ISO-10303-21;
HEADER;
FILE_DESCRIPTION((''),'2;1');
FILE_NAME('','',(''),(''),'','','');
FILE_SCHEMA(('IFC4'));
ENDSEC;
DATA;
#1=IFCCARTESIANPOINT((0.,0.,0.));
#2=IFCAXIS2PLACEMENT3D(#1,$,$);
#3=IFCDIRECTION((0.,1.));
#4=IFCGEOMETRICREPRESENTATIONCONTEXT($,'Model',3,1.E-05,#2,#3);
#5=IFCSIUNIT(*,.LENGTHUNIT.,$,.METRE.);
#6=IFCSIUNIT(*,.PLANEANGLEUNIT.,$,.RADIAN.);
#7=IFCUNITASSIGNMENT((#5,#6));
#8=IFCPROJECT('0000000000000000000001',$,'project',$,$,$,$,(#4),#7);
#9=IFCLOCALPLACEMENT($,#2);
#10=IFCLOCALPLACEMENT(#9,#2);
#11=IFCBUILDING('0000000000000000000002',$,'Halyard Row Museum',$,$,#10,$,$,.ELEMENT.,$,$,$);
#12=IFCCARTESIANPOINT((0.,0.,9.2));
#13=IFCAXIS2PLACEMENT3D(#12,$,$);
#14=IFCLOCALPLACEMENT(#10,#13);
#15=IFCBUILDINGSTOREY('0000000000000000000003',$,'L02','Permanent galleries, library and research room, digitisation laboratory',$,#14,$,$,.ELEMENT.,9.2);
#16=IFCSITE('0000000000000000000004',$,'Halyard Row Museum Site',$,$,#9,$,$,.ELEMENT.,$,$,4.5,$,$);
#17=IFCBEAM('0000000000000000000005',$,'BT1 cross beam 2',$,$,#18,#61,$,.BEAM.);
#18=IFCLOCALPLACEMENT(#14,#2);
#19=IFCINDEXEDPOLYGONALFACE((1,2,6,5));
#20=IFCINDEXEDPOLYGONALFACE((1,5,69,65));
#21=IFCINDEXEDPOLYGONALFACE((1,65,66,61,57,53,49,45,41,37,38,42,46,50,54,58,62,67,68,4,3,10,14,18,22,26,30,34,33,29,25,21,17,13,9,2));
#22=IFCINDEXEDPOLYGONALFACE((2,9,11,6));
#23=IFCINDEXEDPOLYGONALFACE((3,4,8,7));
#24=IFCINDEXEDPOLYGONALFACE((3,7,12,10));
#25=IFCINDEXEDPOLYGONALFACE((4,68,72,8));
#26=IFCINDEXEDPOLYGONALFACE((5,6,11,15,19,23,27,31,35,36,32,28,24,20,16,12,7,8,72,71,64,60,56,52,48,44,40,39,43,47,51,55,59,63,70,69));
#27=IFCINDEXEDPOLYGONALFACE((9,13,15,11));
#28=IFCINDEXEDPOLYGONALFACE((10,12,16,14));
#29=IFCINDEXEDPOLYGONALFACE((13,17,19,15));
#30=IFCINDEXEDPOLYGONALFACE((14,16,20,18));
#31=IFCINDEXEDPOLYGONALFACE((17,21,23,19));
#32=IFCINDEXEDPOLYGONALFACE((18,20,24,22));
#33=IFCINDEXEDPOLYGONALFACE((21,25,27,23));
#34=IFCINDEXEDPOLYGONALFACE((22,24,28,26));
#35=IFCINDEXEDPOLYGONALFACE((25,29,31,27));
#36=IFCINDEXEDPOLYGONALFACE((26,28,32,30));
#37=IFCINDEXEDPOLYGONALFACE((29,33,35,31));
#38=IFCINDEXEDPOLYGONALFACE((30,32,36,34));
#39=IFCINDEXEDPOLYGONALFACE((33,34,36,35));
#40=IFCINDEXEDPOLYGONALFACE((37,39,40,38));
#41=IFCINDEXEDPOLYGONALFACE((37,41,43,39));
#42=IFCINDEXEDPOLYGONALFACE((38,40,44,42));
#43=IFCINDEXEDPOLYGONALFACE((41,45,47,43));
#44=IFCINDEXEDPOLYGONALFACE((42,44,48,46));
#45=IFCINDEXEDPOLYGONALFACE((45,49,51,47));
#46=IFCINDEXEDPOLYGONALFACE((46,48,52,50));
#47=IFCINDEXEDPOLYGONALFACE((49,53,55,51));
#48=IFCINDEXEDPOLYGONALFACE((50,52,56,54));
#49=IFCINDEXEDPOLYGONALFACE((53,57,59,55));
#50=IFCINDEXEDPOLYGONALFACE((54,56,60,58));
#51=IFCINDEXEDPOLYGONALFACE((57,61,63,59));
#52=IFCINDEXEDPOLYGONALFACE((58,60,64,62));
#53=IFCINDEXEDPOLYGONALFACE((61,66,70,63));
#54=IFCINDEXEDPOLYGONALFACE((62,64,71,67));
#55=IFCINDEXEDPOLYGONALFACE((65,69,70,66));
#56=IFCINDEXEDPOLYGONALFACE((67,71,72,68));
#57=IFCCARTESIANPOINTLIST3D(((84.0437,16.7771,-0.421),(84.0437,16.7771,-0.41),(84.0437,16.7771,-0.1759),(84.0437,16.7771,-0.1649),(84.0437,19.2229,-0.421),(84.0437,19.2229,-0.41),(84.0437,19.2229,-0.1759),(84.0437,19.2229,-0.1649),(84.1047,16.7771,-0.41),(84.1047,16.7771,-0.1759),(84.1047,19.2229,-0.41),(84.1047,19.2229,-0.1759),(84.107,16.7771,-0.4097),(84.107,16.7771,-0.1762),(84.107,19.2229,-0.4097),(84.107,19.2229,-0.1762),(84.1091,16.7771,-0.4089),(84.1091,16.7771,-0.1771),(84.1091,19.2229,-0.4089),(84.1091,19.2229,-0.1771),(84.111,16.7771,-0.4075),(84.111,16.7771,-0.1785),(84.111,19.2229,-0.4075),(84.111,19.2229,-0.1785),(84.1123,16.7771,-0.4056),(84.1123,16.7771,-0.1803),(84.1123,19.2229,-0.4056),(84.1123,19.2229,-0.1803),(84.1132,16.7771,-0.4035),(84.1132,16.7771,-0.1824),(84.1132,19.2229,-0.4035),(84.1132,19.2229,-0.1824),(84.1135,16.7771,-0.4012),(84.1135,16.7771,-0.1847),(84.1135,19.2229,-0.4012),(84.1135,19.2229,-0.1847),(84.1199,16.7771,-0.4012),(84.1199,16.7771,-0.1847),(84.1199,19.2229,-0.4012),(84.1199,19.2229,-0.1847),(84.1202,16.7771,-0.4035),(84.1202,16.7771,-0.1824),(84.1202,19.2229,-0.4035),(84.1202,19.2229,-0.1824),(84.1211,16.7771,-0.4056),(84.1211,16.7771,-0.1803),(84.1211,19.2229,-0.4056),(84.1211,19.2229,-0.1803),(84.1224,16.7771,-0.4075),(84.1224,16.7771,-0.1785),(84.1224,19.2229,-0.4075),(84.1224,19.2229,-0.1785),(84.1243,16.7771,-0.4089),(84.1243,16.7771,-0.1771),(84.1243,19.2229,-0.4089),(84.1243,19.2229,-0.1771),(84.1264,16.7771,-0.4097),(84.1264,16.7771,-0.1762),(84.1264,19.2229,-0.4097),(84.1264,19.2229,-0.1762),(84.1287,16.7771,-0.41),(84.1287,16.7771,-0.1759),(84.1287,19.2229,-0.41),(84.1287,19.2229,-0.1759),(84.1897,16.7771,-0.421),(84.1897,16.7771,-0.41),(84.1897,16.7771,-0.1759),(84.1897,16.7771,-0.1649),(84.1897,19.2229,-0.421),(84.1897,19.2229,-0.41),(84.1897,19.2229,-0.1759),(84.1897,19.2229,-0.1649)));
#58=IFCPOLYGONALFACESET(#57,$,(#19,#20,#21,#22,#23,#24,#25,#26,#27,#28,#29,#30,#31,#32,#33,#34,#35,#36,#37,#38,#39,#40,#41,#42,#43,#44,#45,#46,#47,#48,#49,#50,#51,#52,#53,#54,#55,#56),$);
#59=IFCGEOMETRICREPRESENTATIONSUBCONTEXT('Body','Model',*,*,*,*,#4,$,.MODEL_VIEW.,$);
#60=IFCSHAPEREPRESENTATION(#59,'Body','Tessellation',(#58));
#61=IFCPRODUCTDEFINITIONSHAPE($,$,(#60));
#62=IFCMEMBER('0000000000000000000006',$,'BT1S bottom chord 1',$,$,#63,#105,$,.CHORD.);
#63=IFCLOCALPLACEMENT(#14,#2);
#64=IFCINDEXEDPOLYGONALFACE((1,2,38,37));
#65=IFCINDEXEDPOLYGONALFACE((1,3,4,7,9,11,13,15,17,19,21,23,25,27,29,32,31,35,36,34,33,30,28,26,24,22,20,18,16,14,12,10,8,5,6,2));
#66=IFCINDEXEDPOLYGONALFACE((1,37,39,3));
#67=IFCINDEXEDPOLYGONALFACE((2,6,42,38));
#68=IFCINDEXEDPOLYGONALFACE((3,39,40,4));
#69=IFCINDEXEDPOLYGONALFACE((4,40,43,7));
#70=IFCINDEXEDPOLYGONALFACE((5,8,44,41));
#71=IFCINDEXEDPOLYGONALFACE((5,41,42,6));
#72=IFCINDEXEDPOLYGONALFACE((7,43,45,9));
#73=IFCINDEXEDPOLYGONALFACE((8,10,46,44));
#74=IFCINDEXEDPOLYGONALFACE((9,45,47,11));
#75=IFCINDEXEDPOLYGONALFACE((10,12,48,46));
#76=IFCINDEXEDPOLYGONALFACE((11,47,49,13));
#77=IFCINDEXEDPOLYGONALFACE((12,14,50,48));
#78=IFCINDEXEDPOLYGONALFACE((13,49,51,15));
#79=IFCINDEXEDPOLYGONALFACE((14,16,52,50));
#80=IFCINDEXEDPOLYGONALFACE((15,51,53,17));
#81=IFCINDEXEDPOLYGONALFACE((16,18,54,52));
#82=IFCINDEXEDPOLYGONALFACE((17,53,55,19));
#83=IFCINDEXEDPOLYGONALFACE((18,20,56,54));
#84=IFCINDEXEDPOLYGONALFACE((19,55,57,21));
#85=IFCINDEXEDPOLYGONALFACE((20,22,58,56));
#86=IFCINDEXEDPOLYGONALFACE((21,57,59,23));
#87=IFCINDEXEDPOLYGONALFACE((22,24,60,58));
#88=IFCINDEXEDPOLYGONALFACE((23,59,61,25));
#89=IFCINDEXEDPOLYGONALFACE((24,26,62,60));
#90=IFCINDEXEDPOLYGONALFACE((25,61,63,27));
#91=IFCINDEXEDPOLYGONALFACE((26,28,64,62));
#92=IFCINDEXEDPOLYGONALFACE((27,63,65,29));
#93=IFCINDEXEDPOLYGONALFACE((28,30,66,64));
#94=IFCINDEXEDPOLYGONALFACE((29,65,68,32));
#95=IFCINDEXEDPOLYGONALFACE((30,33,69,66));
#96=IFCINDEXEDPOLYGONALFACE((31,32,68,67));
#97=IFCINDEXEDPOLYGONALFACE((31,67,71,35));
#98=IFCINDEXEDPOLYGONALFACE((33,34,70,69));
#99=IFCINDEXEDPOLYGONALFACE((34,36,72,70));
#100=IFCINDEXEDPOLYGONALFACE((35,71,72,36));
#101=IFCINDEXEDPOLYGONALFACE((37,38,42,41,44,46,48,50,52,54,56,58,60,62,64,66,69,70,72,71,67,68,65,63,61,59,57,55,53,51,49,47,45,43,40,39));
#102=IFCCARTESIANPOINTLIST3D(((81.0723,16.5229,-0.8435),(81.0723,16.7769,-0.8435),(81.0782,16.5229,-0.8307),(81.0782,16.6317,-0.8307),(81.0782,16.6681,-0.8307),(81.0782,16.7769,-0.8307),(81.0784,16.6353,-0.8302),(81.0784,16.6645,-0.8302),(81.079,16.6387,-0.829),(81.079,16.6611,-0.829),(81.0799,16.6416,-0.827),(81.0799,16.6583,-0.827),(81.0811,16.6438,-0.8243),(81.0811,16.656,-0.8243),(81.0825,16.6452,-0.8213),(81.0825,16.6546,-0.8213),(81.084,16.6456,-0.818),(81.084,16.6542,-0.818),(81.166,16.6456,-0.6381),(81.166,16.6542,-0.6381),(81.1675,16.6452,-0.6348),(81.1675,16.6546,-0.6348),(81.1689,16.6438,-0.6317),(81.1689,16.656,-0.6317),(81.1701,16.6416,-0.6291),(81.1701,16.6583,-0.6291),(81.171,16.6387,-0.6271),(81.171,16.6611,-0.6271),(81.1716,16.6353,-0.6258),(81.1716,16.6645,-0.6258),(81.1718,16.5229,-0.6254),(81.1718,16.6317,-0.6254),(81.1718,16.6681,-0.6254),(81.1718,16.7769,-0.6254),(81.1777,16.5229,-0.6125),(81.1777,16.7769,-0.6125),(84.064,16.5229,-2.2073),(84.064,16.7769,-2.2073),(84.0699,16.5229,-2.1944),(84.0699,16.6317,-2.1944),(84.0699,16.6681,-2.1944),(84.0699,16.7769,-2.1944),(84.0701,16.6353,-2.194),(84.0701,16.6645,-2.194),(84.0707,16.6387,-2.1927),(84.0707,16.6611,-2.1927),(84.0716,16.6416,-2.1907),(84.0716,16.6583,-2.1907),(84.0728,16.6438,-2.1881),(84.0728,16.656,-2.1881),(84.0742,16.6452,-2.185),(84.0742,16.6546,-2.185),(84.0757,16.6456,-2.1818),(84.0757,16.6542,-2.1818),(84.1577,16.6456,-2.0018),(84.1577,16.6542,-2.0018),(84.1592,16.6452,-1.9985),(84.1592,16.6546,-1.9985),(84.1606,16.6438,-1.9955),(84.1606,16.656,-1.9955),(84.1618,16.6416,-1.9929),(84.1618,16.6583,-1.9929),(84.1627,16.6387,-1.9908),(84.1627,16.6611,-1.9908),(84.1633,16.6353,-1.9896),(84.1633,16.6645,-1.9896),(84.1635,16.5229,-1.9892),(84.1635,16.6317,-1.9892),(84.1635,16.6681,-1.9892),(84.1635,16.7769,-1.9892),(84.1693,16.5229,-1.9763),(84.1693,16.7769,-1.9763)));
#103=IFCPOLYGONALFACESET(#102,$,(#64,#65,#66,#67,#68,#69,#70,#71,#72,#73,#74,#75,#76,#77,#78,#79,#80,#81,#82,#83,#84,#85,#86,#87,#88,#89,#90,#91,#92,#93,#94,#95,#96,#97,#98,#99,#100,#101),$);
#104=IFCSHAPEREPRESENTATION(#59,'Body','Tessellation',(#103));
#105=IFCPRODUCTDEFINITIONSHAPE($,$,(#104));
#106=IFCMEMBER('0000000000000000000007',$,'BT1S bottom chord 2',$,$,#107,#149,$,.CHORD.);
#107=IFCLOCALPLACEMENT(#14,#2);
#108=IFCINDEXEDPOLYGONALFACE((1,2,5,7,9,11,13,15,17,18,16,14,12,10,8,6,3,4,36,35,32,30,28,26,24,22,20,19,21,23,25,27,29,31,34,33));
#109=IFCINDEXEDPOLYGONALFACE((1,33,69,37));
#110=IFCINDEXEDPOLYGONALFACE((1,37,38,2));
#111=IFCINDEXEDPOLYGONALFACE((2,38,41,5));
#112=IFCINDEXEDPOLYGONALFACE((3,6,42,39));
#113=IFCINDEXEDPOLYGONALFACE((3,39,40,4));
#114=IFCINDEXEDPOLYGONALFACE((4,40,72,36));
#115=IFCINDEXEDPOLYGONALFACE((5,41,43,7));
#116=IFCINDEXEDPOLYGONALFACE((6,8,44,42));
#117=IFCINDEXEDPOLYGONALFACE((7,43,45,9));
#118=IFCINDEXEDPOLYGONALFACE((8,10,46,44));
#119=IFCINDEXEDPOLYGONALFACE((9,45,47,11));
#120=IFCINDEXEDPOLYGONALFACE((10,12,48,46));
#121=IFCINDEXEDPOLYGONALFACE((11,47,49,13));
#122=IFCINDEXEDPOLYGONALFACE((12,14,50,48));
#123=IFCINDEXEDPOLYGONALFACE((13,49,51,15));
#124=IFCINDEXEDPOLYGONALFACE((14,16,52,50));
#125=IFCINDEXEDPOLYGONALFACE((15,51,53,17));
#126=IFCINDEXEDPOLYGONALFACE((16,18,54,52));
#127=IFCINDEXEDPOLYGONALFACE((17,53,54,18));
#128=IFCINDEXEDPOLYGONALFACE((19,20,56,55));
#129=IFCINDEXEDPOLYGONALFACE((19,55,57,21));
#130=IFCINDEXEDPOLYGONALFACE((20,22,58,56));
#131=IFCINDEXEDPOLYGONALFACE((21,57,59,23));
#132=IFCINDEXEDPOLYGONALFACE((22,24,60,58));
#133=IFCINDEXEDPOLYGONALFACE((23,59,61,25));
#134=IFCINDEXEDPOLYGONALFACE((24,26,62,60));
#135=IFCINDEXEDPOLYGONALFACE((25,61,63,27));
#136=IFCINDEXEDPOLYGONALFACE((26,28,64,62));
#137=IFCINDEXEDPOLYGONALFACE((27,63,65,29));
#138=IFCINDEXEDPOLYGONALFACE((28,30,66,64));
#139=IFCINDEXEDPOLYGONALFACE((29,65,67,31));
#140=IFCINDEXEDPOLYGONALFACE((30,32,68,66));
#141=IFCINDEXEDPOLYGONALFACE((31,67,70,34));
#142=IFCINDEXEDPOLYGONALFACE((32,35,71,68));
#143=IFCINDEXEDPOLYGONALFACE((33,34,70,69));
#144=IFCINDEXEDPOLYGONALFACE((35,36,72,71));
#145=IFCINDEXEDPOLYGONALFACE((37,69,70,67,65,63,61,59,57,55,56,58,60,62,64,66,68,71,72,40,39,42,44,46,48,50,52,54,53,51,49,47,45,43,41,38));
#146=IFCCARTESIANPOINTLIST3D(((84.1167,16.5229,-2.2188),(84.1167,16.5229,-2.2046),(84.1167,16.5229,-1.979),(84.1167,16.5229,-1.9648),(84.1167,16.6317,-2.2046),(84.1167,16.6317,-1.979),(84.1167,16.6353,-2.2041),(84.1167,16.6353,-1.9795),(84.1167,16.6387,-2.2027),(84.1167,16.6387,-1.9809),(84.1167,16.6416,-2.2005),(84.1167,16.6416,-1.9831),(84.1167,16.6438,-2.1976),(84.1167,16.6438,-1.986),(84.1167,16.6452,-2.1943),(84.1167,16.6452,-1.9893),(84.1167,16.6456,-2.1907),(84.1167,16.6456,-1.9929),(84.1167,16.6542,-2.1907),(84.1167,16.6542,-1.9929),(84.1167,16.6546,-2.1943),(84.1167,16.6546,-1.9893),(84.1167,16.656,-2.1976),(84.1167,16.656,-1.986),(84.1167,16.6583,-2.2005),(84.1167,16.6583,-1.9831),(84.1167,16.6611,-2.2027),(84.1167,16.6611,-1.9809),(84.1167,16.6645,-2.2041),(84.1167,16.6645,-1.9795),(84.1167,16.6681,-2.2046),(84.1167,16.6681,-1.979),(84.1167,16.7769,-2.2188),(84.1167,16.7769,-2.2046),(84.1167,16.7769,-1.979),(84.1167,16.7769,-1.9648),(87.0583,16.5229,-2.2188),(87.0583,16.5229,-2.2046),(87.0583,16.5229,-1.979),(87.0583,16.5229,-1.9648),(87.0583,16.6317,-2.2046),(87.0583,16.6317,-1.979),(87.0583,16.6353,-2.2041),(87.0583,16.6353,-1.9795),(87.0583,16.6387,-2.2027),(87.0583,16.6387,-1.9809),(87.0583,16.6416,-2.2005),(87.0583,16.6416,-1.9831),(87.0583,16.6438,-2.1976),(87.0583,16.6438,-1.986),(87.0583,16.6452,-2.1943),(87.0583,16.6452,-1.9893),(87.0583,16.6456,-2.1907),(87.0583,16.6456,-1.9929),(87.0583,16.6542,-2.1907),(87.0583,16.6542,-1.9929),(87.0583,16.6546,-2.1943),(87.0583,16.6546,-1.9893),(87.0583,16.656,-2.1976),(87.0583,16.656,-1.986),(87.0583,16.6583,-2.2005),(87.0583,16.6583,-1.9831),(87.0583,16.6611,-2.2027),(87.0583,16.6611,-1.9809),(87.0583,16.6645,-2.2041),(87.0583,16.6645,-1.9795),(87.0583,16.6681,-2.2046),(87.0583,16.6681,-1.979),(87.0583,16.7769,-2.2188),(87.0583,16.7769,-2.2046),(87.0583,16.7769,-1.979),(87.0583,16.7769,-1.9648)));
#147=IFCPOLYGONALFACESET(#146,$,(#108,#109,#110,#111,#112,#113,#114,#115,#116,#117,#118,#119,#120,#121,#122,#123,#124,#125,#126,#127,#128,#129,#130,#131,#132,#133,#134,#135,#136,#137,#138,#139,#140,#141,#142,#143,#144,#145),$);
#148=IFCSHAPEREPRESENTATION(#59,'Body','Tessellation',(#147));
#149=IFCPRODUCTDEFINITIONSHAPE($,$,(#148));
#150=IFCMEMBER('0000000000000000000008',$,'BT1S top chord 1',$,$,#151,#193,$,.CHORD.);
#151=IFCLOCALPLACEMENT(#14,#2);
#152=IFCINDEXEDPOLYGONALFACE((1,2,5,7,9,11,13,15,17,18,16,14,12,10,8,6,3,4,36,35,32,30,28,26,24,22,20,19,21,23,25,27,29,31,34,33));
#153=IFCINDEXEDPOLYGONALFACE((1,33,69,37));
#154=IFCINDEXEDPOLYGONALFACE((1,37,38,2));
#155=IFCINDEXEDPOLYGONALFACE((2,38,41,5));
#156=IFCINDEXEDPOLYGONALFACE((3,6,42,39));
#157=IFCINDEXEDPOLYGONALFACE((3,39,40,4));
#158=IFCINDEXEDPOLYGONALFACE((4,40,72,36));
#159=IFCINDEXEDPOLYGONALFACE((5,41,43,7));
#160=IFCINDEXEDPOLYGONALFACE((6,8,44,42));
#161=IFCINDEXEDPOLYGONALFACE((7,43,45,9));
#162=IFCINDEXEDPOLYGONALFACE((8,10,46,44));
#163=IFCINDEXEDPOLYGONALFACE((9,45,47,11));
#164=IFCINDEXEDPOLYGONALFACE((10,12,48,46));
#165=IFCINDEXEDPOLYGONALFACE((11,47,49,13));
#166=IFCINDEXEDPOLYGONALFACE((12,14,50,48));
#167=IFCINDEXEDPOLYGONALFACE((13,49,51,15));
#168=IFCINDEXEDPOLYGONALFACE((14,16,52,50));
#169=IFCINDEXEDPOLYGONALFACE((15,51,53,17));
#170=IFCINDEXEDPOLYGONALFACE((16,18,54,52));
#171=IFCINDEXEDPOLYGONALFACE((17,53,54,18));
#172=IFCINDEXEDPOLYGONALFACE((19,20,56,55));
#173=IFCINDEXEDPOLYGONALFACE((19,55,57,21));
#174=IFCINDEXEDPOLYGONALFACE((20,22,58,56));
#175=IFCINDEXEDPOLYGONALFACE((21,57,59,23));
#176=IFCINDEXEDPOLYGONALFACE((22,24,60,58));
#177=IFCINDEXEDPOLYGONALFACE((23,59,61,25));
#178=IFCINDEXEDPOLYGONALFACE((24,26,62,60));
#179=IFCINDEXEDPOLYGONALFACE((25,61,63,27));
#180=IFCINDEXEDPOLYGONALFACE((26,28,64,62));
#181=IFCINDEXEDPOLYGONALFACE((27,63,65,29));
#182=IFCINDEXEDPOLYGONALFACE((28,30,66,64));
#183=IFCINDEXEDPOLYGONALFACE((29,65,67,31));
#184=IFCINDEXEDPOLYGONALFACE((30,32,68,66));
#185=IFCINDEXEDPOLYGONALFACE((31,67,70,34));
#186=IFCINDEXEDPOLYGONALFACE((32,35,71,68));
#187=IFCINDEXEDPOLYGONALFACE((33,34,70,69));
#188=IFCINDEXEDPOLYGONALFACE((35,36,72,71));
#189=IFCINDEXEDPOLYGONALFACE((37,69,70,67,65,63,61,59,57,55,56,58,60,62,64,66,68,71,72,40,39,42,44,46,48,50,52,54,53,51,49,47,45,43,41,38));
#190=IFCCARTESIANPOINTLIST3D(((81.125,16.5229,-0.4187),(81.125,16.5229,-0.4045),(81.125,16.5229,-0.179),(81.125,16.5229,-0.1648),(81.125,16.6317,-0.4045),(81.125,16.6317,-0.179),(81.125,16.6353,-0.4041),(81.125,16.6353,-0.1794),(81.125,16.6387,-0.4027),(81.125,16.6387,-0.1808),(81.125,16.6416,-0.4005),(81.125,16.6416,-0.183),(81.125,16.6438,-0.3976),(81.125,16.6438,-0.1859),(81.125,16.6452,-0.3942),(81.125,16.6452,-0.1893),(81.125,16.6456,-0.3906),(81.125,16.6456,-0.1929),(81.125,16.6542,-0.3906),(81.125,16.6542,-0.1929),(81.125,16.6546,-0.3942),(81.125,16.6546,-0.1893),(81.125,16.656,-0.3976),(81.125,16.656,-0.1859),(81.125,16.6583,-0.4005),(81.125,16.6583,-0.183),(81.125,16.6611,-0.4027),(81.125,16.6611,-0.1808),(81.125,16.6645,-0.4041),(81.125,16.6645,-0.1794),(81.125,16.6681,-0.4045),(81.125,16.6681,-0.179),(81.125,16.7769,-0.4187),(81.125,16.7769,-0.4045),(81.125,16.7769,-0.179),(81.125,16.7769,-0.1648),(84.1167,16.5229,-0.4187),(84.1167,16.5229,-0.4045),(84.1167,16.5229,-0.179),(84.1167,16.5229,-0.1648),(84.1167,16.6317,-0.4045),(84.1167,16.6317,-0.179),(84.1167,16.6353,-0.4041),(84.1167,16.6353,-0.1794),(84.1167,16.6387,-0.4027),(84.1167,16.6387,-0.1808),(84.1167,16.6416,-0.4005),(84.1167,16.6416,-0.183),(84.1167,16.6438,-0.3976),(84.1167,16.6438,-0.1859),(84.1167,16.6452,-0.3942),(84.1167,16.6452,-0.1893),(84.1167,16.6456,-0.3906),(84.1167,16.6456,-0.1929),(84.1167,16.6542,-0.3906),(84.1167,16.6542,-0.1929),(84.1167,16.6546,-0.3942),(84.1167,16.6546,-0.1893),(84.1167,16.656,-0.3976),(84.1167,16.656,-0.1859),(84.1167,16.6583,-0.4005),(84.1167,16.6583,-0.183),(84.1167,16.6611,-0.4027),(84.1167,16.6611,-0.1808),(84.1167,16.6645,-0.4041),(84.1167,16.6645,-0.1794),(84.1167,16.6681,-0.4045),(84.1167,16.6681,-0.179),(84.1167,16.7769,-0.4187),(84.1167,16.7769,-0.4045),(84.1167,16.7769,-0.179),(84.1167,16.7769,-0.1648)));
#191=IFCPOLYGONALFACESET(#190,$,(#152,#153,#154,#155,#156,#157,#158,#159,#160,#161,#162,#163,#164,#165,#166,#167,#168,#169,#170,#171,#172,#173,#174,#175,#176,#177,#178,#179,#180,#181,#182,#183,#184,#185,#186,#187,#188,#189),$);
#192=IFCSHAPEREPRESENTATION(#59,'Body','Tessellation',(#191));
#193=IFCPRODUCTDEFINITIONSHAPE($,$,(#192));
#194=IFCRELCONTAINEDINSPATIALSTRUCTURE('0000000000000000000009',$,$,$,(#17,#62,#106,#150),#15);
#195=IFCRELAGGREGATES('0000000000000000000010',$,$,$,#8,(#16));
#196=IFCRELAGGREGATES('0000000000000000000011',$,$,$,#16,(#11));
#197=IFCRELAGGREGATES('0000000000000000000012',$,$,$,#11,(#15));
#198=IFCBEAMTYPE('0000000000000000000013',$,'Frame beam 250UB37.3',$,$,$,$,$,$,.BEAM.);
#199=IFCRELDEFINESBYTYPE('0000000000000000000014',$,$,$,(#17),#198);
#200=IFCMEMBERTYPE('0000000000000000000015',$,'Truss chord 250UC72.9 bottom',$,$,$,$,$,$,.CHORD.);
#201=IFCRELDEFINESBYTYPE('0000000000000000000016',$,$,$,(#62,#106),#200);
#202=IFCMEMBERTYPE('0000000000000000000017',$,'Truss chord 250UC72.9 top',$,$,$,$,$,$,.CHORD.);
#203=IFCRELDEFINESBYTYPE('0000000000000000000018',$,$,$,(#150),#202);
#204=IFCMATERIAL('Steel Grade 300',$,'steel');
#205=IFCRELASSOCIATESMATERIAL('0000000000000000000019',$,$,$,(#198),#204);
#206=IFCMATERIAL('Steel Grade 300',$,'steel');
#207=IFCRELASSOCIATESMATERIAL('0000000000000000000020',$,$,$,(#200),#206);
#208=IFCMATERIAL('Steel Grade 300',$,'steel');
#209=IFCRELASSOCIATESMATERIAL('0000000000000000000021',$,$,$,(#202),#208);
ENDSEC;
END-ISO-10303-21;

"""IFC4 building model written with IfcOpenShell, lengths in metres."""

from ifc_helpers import new_model, si_unit, direction, frame, origin, origin_2d, place, context, subcontext, project, spatial, i_section, extrude, material, material_profile, profile_set, type_object, element, save


model = new_model("IFC4")

# Units and contexts
model_context = context("Model", 3, precision=1e-05, world=origin(), true_north=direction((0.0, 1.0)))
body_context = subcontext(model_context, "Body", "Model", "MODEL_VIEW")
ifc_project = project(units=[si_unit("LENGTHUNIT", "METRE"), si_unit("PLANEANGLEUNIT", "RADIAN")], contexts=[model_context])

# Site, building, storey
site_placement = place(None, origin())
site = spatial("IfcSite", under=ifc_project, at=site_placement, Name="Halyard Row Museum Site", CompositionType="ELEMENT", RefElevation=4.5)
building_placement = place(site_placement, origin())
building = spatial("IfcBuilding", under=site, at=building_placement, Name="Halyard Row Museum", CompositionType="ELEMENT")
storey_placement = place(building_placement, frame((0.0, 0.0, 9.2)))
storey = spatial("IfcBuildingStorey", under=building, at=storey_placement, Name="L02", Description="Permanent galleries, library and research room, digitisation laboratory", CompositionType="ELEMENT", Elevation=9.2)

# Beam
ifc_material_1 = material(Name="Steel Grade 300", Category="steel")
ifc_material_profile_1 = material_profile(ifc_material_1, i_section(OverallWidth=0.146, OverallDepth=0.2561, WebThickness=0.0063, FlangeThickness=0.011, FilletRadius=0.0088, at=origin_2d()), Name="250UB37.3")
ifc_profile_set_1 = profile_set([ifc_material_profile_1], Name="Steel Grade 300")
beam_type_1 = type_object("IfcBeamType", Name="Frame beam 250UB37.3", PredefinedType="BEAM", material=ifc_profile_set_1)
beam_1_placement = place(storey_placement, frame((84.1167, 16.7771, -0.293), z_axis=(0.0, 1.0, 0.0), x_axis=(-1.0, 0.0, 0.0)))
element("IfcBeam", 1, at=beam_1_placement, inside=storey, type_object=beam_type_1, Name="BT1 cross beam 2", PredefinedType="BEAM", context=body_context, shape_type="SweptSolid", body=[
    extrude(i_section(OverallWidth=0.146, OverallDepth=0.2561, WebThickness=0.0063, FlangeThickness=0.011, FilletRadius=0.0088, at=origin_2d()), origin(), (0.0, 0.0, 1.0), 2.4458),
])

# Members
ifc_material_2 = material(Name="Steel Grade 300", Category="steel")
ifc_material_profile_2 = material_profile(ifc_material_2, i_section(OverallWidth=0.2539, OverallDepth=0.2539, WebThickness=0.0085, FlangeThickness=0.0142, FilletRadius=0.0139, at=origin_2d()), Name="250UC72.9")
ifc_profile_set_2 = profile_set([ifc_material_profile_2], Name="Steel Grade 300")
member_type_1 = type_object("IfcMemberType", Name="Truss chord 250UC72.9 bottom", PredefinedType="CHORD", material=ifc_profile_set_2)
member_1_placement = place(storey_placement, frame((81.125, 16.6499, -0.728), z_axis=(0.909918, 0.0, -0.414787), x_axis=(0.0, 1.0, 0.0)))
element("IfcMember", 2, at=member_1_placement, inside=storey, type_object=member_type_1, Name="BT1S bottom chord 1", PredefinedType="CHORD", context=body_context, shape_type="SweptSolid", body=[
    extrude(i_section(OverallWidth=0.2539, OverallDepth=0.2539, WebThickness=0.0085, FlangeThickness=0.0142, FilletRadius=0.0139, at=origin_2d()), origin(), (0.0, 0.0, 1.0), 3.2878),
])
member_2_placement = place(storey_placement, frame((84.1167, 16.6499, -2.0918), z_axis=(1.0, 0.0, 0.0), x_axis=(0.0, 1.0, 0.0)))
element("IfcMember", 3, at=member_2_placement, inside=storey, type_object=member_type_1, Name="BT1S bottom chord 2", PredefinedType="CHORD", context=body_context, shape_type="SweptSolid", body=[
    extrude(i_section(OverallWidth=0.2539, OverallDepth=0.2539, WebThickness=0.0085, FlangeThickness=0.0142, FilletRadius=0.0139, at=origin_2d()), origin(), (0.0, 0.0, 1.0), 2.9417),
])
ifc_material_3 = material(Name="Steel Grade 300", Category="steel")
ifc_material_profile_3 = material_profile(ifc_material_3, i_section(OverallWidth=0.2539, OverallDepth=0.2539, WebThickness=0.0085, FlangeThickness=0.0142, FilletRadius=0.0139, at=origin_2d()), Name="250UC72.9")
ifc_profile_set_3 = profile_set([ifc_material_profile_3], Name="Steel Grade 300")
member_type_2 = type_object("IfcMemberType", Name="Truss chord 250UC72.9 top", PredefinedType="CHORD", material=ifc_profile_set_3)
member_3_placement = place(storey_placement, frame((81.125, 16.6499, -0.2917), z_axis=(1.0, 0.0, 0.0), x_axis=(0.0, 1.0, 0.0)))
element("IfcMember", 4, at=member_3_placement, inside=storey, type_object=member_type_2, Name="BT1S top chord 1", PredefinedType="CHORD", context=body_context, shape_type="SweptSolid", body=[
    extrude(i_section(OverallWidth=0.2539, OverallDepth=0.2539, WebThickness=0.0085, FlangeThickness=0.0142, FilletRadius=0.0139, at=origin_2d()), origin(), (0.0, 0.0, 1.0), 2.9917),
])

save(model, "model.ifc")
